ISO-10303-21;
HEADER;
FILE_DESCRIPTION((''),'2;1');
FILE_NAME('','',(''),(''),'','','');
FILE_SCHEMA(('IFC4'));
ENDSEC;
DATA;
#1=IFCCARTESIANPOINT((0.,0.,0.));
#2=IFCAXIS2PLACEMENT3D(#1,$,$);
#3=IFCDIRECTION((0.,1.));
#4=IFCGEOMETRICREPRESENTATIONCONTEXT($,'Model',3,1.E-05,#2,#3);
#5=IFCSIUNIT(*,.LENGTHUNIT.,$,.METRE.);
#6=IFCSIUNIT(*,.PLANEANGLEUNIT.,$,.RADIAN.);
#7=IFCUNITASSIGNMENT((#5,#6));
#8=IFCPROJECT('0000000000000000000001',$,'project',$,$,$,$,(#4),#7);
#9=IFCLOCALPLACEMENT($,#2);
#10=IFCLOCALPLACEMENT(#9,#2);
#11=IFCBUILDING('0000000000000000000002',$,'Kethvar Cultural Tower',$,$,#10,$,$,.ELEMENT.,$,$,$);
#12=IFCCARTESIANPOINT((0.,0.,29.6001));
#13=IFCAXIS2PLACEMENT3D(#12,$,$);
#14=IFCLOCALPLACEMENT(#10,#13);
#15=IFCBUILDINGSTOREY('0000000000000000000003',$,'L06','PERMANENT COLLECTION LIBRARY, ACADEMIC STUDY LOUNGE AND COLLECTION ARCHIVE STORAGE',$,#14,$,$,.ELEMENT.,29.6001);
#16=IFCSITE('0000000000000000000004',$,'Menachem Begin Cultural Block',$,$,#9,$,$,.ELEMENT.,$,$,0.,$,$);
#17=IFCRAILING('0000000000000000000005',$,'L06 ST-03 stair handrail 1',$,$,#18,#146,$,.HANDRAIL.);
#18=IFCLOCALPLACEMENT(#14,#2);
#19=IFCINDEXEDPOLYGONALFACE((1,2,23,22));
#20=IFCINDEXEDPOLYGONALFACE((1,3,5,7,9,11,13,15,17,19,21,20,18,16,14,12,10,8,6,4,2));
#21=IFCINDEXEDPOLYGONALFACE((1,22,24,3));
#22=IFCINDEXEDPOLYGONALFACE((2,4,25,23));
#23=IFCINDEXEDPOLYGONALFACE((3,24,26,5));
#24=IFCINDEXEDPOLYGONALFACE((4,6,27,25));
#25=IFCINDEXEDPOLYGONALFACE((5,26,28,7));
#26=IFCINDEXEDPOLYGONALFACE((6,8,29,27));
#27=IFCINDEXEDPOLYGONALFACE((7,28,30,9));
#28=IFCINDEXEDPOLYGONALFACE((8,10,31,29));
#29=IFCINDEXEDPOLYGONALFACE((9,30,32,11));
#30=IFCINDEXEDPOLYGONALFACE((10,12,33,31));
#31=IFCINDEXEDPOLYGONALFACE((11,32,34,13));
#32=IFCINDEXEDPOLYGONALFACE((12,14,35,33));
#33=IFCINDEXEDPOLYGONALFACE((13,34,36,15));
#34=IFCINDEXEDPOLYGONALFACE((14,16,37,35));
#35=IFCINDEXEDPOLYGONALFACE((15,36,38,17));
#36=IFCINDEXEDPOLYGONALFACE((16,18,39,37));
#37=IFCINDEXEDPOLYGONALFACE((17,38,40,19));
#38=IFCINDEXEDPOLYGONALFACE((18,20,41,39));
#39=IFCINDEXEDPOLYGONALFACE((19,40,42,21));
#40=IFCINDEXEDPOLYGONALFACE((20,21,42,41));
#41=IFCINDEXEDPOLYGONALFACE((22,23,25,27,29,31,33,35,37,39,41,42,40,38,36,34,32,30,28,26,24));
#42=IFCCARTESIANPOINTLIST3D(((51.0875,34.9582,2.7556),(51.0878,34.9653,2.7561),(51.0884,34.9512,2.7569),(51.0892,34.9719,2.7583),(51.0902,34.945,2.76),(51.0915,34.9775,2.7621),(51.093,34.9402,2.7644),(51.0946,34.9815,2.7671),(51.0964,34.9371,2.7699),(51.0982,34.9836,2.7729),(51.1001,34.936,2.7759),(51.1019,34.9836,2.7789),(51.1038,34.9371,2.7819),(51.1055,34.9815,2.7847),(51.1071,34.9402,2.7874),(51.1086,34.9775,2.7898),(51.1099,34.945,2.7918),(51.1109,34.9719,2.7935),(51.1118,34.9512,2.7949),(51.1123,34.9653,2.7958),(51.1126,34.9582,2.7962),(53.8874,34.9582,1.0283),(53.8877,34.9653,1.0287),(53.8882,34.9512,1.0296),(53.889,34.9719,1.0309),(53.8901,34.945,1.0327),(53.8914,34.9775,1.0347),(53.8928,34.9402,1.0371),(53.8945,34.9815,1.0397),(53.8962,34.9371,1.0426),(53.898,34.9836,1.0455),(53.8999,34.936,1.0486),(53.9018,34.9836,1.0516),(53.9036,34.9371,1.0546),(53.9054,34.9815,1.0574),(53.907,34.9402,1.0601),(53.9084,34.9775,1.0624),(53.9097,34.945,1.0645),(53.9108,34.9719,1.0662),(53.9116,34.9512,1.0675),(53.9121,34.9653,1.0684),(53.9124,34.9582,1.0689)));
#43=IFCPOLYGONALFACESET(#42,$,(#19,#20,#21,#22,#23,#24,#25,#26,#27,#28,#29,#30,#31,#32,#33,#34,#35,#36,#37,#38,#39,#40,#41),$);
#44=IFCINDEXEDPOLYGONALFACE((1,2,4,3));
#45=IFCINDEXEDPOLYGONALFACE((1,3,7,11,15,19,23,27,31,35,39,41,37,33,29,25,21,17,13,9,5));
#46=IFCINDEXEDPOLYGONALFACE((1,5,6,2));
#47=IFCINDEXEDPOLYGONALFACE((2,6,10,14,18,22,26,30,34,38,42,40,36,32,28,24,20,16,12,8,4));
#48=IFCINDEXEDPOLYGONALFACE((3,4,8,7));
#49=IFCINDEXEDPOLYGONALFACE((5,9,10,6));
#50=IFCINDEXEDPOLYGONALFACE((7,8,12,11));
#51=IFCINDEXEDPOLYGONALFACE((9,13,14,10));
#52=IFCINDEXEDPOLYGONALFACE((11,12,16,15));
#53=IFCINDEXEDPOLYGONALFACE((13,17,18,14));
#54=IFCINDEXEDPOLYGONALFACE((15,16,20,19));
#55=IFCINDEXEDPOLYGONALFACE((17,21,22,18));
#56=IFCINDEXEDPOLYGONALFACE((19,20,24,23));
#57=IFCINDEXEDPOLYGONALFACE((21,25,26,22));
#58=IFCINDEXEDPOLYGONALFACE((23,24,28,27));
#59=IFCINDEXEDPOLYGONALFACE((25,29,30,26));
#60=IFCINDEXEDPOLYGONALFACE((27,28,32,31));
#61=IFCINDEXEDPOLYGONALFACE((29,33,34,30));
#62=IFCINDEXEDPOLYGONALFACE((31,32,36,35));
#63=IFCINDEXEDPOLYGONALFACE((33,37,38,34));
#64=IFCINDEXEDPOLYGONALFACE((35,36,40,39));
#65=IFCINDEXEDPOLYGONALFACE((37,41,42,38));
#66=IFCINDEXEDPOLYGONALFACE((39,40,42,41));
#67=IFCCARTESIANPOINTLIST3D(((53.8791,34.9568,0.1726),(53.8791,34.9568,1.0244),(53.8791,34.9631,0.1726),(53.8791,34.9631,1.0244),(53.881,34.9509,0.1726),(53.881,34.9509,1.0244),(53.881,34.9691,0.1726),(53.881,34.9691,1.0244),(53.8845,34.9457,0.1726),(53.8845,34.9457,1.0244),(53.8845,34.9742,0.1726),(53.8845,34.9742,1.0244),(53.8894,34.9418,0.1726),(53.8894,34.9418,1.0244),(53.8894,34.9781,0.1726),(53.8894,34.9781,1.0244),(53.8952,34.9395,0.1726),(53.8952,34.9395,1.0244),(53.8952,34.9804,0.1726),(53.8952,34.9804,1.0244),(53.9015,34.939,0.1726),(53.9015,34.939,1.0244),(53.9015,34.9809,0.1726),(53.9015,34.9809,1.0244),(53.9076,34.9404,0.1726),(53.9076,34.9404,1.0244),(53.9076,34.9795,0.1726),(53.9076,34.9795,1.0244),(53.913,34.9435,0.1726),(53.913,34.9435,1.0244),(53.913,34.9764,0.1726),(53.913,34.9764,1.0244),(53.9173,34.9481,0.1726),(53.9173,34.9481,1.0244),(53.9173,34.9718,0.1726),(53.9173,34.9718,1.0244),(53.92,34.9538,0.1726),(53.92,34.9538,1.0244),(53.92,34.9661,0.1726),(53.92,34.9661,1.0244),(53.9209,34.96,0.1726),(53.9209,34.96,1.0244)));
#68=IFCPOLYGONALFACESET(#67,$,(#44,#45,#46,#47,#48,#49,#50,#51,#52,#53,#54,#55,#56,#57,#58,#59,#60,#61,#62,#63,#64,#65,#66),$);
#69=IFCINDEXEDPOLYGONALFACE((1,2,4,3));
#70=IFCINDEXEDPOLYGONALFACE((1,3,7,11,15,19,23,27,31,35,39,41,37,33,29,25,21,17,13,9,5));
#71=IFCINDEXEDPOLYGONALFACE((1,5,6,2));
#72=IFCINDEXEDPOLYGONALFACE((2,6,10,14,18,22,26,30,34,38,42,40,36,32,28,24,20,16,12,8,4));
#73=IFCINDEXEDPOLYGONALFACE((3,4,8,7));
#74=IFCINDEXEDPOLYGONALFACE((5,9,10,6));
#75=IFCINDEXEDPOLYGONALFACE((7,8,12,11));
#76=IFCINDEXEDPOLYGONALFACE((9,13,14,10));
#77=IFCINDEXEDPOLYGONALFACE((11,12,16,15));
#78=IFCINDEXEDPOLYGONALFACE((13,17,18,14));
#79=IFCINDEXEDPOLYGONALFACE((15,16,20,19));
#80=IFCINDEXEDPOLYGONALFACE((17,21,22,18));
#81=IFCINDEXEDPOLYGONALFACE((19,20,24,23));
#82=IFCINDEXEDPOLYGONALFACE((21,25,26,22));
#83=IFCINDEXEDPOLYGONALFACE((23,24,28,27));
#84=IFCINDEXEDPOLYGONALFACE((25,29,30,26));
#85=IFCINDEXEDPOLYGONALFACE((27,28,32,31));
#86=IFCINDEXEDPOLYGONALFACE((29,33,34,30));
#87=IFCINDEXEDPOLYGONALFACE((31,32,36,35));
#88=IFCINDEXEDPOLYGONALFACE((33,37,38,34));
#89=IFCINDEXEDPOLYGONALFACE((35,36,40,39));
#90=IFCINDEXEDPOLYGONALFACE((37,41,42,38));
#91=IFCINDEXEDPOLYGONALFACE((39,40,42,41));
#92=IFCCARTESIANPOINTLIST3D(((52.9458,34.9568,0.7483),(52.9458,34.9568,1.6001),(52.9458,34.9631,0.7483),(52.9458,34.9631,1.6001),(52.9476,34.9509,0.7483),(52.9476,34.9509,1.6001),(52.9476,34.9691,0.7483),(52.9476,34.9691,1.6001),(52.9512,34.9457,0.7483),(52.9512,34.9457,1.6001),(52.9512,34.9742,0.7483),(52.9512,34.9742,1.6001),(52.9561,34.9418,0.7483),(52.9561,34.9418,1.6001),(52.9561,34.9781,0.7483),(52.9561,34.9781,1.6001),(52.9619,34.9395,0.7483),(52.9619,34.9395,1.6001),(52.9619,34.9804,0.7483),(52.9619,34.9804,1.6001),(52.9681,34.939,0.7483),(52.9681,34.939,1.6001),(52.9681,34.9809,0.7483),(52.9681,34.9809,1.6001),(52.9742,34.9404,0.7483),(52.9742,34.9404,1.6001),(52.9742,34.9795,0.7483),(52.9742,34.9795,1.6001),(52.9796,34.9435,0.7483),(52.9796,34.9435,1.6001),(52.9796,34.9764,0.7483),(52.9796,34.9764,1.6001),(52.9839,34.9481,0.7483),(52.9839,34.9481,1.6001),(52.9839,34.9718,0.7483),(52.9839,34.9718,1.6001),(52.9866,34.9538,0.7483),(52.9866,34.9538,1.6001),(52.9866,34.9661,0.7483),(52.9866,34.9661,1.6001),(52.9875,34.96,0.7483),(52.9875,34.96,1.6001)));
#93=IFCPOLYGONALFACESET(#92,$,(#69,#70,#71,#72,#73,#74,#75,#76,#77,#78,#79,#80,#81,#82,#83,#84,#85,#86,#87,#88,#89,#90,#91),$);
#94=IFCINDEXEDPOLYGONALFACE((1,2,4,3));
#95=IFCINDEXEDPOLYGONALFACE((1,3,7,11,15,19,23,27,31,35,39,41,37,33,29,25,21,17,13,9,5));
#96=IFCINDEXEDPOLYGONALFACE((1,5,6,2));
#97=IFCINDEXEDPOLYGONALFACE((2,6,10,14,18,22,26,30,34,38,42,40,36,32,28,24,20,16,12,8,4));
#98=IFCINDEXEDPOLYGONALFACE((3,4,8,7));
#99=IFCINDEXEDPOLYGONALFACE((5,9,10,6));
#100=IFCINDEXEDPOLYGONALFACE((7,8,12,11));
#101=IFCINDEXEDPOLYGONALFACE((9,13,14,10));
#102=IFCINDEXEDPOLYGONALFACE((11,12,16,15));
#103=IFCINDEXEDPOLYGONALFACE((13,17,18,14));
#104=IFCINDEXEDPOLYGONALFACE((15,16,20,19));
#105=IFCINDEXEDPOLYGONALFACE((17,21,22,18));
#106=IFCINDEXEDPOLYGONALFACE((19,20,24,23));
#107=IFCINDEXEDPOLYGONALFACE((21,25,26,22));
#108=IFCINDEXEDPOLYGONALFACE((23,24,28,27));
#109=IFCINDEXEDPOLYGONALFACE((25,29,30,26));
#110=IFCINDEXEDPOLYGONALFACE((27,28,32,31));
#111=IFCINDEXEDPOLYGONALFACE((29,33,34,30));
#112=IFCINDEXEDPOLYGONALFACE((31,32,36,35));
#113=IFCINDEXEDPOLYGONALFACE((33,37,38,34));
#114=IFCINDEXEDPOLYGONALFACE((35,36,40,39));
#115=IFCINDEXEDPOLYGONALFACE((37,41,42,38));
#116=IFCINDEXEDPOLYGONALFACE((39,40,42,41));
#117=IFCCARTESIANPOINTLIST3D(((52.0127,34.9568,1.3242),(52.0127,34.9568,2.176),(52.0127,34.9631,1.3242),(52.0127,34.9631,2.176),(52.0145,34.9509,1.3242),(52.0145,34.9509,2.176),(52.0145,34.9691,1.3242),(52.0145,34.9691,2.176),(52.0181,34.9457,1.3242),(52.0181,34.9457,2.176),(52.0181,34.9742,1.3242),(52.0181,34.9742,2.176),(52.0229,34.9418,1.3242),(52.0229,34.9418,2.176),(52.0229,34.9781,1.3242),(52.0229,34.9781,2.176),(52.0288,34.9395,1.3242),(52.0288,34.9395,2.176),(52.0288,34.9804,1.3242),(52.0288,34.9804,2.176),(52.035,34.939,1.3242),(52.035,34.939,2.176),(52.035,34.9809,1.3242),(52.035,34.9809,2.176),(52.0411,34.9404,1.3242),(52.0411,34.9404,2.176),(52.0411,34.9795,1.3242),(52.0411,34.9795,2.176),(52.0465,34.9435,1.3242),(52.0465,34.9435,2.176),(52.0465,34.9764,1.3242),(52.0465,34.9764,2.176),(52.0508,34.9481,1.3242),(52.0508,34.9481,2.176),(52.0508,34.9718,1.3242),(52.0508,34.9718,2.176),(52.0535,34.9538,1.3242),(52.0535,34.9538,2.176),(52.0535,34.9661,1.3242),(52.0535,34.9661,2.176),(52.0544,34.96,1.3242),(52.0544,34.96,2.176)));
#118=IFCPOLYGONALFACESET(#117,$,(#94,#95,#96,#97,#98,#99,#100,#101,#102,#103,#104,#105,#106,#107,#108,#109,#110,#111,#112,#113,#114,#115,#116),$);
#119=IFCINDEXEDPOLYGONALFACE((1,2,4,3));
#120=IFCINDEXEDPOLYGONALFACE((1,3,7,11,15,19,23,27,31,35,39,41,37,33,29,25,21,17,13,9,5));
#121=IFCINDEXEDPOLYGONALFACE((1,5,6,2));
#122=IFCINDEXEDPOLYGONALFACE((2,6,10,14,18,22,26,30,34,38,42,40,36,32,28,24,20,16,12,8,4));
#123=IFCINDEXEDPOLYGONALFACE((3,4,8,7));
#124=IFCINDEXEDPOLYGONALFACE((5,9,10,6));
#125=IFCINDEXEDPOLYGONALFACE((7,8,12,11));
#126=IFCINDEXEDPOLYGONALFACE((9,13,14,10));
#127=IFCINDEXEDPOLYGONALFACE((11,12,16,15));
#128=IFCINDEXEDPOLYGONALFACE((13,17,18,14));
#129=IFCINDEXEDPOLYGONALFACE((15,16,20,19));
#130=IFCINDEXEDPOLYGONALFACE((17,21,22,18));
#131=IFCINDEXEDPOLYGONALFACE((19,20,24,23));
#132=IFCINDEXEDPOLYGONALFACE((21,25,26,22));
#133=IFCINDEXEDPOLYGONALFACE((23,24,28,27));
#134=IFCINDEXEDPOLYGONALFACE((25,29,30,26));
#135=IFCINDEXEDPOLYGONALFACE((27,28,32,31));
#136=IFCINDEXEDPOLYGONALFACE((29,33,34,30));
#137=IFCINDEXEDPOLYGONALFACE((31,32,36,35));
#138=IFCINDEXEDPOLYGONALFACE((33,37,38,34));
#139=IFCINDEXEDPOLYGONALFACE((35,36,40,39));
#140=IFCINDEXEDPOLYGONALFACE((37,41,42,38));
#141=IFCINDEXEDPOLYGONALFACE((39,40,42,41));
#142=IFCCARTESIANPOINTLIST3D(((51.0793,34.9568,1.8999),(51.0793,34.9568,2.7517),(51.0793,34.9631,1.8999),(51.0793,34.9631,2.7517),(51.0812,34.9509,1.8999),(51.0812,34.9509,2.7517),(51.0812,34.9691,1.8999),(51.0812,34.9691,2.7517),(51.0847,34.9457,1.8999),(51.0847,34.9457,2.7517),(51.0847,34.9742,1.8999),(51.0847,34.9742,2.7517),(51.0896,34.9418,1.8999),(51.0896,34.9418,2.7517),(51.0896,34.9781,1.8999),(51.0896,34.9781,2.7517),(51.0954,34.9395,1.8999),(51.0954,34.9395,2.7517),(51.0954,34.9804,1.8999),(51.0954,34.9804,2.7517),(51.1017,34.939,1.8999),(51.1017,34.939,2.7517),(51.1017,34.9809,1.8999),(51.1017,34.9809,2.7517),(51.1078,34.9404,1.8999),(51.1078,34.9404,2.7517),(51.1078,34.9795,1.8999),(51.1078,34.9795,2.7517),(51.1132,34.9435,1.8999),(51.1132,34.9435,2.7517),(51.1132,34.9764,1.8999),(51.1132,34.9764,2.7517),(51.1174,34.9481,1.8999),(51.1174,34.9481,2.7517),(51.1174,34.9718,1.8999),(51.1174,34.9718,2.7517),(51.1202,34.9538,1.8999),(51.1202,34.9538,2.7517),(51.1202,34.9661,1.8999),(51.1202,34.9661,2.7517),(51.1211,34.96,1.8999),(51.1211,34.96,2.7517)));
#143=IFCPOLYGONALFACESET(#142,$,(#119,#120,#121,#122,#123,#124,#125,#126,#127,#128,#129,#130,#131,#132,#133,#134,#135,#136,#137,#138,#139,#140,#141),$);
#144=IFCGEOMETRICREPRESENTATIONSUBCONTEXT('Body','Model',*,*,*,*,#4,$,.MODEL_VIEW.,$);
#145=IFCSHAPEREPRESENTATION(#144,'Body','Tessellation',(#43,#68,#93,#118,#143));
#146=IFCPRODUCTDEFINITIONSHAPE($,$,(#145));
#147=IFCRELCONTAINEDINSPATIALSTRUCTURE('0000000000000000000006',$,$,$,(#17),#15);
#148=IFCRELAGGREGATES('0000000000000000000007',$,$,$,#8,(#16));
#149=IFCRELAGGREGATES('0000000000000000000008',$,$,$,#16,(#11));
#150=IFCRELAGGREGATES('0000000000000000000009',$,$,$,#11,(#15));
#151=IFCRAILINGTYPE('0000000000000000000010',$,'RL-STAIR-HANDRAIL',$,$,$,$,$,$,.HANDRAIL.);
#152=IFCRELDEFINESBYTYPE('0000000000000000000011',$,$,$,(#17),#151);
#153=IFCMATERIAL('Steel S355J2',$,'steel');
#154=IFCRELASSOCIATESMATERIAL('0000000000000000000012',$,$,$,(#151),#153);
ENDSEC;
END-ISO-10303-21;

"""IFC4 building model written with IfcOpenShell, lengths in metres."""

from ifc_helpers import new_model, si_unit, direction, frame, origin, origin_2d, place, context, subcontext, project, spatial, circle, extrude, material, type_object, element, save


model = new_model("IFC4")

# Units and contexts
model_context = context("Model", 3, precision=1e-05, world=origin(), true_north=direction((0.0, 1.0)))
body_context = subcontext(model_context, "Body", "Model", "MODEL_VIEW")
ifc_project = project(units=[si_unit("LENGTHUNIT", "METRE"), si_unit("PLANEANGLEUNIT", "RADIAN")], contexts=[model_context])

# Site, building, storey
site_placement = place(None, origin())
site = spatial("IfcSite", under=ifc_project, at=site_placement, Name="Menachem Begin Cultural Block", CompositionType="ELEMENT", RefElevation=0.0)
building_placement = place(site_placement, origin())
building = spatial("IfcBuilding", under=site, at=building_placement, Name="Kethvar Cultural Tower", CompositionType="ELEMENT")
storey_placement = place(building_placement, frame((0.0, 0.0, 29.6001)))
storey = spatial("IfcBuildingStorey", under=building, at=storey_placement, Name="L06", Description="PERMANENT COLLECTION LIBRARY, ACADEMIC STUDY LOUNGE AND COLLECTION ARCHIVE STORAGE", CompositionType="ELEMENT", Elevation=29.6001)

# Shared definitions
ifc_material_1 = material(Name="Steel S355J2", Category="steel")

# Railing
railing_type_1 = type_object("IfcRailingType", Name="RL-STAIR-HANDRAIL", PredefinedType="HANDRAIL", material=ifc_material_1)
railing_1_placement = place(storey_placement, frame((53.8999, 34.96, 0.1726)))
element("IfcRailing", 1, at=railing_1_placement, inside=storey, type_object=railing_type_1, Name="L06 ST-03 stair handrail 1", PredefinedType="HANDRAIL", context=body_context, shape_type="SweptSolid", body=[
    extrude(circle(Radius=0.0239, at=origin_2d()), frame((0.0, 0.0, 0.876), z_axis=(-0.851069, 0.0, 0.525054), x_axis=(0.0, -1.0, 0.0)), (0.0, 0.0, 1.0), 3.2898),
    extrude(circle(Radius=0.021, at=origin_2d()), origin(), (0.0, 0.0, 1.0), 0.8518),
    extrude(circle(Radius=0.021, at=origin_2d()), frame((-0.9333, 0.0, 0.5757)), (0.0, 0.0, 1.0), 0.8518),
    extrude(circle(Radius=0.021, at=origin_2d()), frame((-1.8665, 0.0, 1.1516)), (0.0, 0.0, 1.0), 0.8518),
    extrude(circle(Radius=0.021, at=origin_2d()), frame((-2.7998, 0.0, 1.7273)), (0.0, 0.0, 1.0), 0.8518),
])

save(model, "model.ifc")
